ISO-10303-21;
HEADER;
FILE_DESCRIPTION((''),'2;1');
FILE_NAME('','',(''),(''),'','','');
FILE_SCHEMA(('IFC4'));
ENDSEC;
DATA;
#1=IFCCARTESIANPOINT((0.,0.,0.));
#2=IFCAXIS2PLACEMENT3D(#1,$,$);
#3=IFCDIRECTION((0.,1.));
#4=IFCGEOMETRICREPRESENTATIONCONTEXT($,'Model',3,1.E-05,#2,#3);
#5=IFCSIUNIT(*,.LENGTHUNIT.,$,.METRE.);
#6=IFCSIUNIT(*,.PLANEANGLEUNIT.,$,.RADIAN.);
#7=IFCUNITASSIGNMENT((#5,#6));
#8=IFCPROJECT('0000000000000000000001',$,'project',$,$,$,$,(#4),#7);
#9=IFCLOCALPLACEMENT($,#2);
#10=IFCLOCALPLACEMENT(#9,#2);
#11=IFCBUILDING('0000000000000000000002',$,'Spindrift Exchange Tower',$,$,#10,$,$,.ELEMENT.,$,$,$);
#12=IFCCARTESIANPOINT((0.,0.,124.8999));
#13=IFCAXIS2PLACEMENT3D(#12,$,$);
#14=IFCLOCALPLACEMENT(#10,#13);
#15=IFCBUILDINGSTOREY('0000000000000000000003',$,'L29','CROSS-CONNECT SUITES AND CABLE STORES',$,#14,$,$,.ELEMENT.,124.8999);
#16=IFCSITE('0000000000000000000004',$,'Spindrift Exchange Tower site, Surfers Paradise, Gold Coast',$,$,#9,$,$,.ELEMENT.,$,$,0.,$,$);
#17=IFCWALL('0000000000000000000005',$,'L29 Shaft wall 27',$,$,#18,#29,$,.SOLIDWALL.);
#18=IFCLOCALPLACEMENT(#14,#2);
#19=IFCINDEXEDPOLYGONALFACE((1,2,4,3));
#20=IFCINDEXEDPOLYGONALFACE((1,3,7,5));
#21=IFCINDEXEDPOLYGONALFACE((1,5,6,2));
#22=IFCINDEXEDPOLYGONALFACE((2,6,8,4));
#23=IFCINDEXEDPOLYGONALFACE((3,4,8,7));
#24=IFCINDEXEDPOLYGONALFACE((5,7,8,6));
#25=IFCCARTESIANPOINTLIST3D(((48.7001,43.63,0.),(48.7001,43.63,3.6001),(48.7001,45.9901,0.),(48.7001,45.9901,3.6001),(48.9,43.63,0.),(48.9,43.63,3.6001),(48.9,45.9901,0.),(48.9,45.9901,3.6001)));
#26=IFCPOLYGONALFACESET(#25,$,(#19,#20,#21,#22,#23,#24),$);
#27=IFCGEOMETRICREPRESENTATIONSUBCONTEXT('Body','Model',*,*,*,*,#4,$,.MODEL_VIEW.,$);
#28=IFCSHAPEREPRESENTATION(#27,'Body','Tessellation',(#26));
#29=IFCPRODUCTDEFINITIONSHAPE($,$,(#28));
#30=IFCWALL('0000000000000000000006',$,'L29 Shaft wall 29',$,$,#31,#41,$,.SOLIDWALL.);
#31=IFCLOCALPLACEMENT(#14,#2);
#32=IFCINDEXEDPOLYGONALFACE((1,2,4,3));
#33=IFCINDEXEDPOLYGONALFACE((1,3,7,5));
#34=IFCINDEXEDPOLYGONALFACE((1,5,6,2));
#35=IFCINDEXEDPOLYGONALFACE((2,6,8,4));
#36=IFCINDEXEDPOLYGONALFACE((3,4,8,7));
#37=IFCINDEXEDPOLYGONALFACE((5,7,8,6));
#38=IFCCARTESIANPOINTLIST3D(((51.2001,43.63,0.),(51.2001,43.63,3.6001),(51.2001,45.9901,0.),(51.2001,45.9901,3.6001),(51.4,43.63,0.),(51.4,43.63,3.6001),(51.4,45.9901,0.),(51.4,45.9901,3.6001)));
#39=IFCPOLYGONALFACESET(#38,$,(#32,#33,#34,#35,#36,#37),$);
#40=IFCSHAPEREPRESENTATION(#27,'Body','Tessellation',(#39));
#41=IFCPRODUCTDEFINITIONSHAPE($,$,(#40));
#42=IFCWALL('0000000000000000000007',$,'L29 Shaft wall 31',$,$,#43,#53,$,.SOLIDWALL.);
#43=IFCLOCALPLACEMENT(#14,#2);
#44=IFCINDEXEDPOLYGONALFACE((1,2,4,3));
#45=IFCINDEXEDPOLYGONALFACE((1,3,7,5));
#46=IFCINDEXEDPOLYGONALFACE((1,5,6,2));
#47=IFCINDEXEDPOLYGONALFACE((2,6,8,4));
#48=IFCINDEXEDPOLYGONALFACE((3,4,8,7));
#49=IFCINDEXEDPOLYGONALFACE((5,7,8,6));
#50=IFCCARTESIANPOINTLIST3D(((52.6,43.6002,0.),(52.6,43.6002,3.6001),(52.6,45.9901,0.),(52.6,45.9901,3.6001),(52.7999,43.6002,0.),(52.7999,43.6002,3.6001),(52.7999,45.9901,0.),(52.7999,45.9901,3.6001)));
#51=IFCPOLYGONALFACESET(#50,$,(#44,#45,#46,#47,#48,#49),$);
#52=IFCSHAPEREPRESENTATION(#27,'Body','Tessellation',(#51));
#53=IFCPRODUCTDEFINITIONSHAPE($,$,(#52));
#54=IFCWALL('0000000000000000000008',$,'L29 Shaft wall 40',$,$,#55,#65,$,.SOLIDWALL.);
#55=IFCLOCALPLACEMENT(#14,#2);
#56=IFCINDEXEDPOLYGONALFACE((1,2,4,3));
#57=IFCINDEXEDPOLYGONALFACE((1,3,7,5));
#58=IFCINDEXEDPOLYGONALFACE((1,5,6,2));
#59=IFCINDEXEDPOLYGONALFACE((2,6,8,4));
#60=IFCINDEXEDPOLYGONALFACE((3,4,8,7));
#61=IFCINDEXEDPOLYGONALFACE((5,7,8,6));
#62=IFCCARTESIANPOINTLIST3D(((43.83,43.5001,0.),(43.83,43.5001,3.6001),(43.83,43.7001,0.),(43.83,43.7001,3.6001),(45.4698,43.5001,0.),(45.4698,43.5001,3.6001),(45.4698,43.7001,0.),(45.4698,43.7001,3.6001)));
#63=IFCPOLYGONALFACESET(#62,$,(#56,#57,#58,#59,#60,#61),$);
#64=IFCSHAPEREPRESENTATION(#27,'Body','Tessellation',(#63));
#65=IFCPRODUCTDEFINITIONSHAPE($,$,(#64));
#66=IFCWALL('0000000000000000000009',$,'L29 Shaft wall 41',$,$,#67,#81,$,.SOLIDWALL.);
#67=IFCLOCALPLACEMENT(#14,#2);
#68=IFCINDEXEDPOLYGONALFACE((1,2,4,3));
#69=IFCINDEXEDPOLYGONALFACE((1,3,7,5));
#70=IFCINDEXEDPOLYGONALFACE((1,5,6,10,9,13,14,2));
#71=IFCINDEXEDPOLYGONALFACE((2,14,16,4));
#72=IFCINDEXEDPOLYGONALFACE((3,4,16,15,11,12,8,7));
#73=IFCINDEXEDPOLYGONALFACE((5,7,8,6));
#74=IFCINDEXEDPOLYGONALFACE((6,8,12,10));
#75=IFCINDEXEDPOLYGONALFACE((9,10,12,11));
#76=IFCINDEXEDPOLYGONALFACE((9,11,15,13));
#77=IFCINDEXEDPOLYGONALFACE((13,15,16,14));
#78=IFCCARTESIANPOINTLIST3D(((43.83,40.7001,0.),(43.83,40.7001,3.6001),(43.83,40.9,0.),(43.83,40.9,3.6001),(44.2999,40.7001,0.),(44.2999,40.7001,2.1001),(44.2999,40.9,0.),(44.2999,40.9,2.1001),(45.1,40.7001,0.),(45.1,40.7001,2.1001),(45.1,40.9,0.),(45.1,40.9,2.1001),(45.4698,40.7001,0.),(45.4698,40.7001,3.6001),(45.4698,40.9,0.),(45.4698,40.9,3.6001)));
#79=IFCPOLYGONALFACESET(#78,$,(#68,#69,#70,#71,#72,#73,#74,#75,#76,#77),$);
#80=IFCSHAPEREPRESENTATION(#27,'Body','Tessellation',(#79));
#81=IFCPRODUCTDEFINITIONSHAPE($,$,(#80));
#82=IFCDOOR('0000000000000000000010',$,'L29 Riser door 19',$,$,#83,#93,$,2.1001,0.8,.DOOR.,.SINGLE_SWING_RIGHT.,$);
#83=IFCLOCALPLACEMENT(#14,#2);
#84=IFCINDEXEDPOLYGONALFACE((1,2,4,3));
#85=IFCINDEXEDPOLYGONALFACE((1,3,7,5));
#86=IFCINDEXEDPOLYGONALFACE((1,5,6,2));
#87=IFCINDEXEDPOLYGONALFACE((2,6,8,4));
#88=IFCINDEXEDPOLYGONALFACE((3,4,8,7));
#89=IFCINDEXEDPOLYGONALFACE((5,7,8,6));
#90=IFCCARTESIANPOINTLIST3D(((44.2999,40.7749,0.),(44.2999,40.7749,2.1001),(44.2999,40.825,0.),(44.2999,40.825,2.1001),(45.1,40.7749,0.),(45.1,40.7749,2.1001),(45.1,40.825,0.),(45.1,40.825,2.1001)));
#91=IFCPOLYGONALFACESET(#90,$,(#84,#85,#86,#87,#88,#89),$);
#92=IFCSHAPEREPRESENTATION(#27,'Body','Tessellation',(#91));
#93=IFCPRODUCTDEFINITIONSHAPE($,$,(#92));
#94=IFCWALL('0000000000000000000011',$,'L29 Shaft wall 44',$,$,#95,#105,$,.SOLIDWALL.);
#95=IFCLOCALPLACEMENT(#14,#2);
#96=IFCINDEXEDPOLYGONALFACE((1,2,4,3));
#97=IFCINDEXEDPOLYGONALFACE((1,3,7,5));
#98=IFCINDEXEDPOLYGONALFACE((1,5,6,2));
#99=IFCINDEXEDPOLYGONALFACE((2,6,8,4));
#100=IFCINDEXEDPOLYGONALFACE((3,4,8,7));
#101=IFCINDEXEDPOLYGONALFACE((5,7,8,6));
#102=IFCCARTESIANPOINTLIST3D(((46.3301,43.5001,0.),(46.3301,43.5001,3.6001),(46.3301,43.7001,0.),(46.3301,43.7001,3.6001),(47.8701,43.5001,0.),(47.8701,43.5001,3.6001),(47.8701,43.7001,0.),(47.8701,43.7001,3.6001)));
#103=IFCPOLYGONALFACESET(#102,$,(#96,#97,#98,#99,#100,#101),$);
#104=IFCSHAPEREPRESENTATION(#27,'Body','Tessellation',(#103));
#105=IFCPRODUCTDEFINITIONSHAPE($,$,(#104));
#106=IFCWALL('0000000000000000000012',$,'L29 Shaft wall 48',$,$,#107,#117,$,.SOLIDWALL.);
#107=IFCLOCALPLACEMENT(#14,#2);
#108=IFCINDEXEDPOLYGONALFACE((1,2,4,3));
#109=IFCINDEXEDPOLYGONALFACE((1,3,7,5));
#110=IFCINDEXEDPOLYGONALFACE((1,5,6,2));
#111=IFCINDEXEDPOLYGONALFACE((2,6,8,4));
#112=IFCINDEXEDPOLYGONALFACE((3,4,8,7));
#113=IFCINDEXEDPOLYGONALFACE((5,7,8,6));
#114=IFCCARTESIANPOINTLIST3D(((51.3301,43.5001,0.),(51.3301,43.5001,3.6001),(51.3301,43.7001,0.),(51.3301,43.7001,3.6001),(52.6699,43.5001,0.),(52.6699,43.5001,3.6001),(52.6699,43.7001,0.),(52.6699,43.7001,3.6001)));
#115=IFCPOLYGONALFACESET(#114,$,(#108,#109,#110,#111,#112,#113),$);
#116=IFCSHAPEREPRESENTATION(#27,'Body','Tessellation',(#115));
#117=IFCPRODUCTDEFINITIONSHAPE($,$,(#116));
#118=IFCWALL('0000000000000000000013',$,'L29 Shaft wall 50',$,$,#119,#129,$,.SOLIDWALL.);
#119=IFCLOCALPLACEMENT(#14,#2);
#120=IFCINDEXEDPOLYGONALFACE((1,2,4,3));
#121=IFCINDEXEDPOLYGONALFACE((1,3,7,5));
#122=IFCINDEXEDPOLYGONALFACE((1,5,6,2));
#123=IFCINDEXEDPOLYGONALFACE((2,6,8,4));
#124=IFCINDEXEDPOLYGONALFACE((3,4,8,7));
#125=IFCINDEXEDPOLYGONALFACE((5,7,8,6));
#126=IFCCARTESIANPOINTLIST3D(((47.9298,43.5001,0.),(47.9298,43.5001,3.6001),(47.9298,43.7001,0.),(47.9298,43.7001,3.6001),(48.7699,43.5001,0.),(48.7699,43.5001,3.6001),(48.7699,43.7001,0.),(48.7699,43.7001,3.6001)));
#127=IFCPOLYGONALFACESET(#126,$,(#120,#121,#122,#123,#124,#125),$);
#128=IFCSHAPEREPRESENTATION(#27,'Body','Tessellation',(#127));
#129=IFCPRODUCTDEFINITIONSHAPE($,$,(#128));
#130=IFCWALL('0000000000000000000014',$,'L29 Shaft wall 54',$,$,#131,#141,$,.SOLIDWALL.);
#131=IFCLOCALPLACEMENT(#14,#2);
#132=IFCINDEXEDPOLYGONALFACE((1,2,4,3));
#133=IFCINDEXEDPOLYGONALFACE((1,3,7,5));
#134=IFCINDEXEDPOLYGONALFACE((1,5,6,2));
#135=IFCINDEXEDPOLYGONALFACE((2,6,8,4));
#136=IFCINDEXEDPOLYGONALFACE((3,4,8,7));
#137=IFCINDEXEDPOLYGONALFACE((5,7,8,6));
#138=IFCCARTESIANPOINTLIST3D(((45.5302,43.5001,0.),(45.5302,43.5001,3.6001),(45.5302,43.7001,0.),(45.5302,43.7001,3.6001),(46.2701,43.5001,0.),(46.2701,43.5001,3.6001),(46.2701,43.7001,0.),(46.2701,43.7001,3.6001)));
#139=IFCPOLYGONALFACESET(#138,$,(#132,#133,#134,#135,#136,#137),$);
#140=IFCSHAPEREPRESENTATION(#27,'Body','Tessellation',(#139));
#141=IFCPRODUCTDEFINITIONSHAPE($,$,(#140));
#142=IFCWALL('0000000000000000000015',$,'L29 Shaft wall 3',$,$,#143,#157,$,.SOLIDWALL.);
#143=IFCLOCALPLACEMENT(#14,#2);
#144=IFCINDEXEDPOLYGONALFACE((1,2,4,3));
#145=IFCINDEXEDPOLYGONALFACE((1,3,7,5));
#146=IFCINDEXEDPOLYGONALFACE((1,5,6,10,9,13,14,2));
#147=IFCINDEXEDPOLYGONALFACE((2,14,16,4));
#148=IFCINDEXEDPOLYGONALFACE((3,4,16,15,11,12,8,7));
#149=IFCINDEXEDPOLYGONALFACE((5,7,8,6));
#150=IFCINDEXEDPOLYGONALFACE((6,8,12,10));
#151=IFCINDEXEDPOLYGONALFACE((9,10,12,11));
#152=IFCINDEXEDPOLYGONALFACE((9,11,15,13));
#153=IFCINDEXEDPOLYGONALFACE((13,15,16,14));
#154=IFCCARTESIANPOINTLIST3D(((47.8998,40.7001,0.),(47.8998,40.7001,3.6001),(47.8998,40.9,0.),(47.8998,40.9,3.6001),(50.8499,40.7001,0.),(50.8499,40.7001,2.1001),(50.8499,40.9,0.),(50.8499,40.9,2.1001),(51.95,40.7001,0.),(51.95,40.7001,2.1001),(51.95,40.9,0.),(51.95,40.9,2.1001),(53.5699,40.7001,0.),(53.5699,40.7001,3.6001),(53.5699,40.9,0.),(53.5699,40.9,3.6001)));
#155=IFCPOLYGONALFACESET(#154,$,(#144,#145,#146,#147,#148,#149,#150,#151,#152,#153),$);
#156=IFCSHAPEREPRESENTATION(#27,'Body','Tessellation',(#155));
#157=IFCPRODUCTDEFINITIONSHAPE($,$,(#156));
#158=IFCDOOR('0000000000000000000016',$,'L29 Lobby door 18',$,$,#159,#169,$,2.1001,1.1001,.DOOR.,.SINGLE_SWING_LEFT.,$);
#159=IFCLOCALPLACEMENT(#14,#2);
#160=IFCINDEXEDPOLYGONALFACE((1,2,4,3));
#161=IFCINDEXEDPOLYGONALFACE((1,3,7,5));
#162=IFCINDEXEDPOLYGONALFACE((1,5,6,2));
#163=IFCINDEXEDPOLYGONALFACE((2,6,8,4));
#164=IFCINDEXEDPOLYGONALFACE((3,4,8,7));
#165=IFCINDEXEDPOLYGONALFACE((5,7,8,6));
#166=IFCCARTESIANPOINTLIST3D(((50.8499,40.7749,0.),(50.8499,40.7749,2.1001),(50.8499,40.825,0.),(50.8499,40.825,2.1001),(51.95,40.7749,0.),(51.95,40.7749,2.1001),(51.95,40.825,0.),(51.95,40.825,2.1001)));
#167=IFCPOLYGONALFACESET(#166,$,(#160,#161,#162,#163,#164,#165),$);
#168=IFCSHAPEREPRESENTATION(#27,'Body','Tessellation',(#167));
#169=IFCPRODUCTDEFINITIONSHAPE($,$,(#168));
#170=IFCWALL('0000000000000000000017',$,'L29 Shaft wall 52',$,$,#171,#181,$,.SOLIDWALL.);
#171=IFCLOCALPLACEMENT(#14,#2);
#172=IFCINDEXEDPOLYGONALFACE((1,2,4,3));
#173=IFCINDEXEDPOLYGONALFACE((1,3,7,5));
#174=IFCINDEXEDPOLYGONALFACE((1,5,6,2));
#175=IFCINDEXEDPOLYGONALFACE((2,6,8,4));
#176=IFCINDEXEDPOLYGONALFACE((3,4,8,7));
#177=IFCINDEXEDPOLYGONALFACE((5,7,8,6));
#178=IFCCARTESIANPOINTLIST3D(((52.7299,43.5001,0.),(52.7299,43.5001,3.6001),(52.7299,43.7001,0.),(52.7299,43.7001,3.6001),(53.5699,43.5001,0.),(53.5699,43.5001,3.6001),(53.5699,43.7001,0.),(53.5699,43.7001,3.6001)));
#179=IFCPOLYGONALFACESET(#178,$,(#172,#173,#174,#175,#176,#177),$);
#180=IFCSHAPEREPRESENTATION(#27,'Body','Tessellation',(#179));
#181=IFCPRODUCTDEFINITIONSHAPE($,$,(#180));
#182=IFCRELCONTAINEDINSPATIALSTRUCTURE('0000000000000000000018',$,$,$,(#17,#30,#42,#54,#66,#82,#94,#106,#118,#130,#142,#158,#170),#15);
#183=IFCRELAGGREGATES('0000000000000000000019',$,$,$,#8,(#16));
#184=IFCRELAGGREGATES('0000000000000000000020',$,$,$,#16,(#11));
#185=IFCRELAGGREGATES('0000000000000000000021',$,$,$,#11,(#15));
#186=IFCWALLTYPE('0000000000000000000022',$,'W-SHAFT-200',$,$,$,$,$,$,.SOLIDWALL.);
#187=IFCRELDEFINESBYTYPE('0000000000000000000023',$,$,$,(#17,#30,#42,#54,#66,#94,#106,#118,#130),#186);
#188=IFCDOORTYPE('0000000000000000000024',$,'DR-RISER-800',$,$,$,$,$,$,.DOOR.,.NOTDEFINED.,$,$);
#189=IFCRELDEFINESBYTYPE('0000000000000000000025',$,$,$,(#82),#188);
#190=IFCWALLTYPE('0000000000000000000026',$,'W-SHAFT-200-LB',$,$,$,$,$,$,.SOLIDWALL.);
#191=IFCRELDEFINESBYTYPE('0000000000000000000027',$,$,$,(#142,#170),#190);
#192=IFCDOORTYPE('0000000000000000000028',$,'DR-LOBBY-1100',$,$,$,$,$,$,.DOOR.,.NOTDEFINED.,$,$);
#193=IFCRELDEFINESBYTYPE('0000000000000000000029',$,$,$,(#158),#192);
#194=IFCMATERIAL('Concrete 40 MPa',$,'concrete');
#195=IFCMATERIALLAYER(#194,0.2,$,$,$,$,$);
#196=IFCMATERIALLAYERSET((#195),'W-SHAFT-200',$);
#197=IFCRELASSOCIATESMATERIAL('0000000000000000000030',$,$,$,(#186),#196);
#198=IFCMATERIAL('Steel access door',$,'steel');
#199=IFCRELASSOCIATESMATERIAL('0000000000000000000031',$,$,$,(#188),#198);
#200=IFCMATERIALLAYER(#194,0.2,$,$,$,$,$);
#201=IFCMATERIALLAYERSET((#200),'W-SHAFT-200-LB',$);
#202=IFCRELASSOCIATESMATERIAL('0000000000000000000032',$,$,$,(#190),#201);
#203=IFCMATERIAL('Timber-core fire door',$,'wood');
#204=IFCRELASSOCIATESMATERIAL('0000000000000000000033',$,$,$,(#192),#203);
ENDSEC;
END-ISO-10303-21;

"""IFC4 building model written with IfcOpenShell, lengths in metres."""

from ifc_helpers import new_model, si_unit, direction, frame, frame_2d, origin, place, context, subcontext, project, spatial, rectangle, extrude, source, transform, mapped, material, layer, layer_set, type_object, element, fill, save


model = new_model("IFC4")

# Units and contexts
model_context = context("Model", 3, precision=1e-05, world=origin(), true_north=direction((0.0, 1.0)))
body_context = subcontext(model_context, "Body", "Model", "MODEL_VIEW")
ifc_project = project(units=[si_unit("LENGTHUNIT", "METRE"), si_unit("PLANEANGLEUNIT", "RADIAN")], contexts=[model_context])

# Site, building, storey
site_placement = place(None, origin())
site = spatial("IfcSite", under=ifc_project, at=site_placement, Name="Spindrift Exchange Tower site, Surfers Paradise, Gold Coast", CompositionType="ELEMENT", RefElevation=0.0)
building_placement = place(site_placement, origin())
building = spatial("IfcBuilding", under=site, at=building_placement, Name="Spindrift Exchange Tower", CompositionType="ELEMENT")
storey_placement = place(building_placement, frame((0.0, 0.0, 124.8999)))
storey = spatial("IfcBuildingStorey", under=building, at=storey_placement, Name="L29", Description="CROSS-CONNECT SUITES AND CABLE STORES", CompositionType="ELEMENT", Elevation=124.8999)

# Shared definitions
ifc_material_1 = material(Name="Steel access door", Category="steel")

# Shared definitions
ifc_material_2 = material(Name="Concrete 40 MPa", Category="concrete")
ifc_layer_1 = layer(ifc_material_2, 0.2)
ifc_layer_set_1 = layer_set([ifc_layer_1], Name="W-SHAFT-200")
wall_type_1 = type_object("IfcWallType", Name="W-SHAFT-200", PredefinedType="SOLIDWALL", material=ifc_layer_set_1)

# Walls
for number, where, z_axis, x_axis, name in (
    (1, (48.8, 43.6299, 0.0), (0.0, 0.0, 1.0), (0.0, 1.0, 0.0), "L29 Shaft wall 27"),
    (2, (51.3, 43.6299, 0.0), (0.0, 0.0, 1.0), (0.0, 1.0, 0.0), "L29 Shaft wall 29"),
):
    element("IfcWall", number, at=place(storey_placement, frame(where, z_axis=z_axis, x_axis=x_axis)), inside=storey, type_object=wall_type_1, Name=name, PredefinedType="SOLIDWALL", context=body_context, shape_type="SweptSolid", body=[
        extrude(rectangle(XDim=2.3601, YDim=0.2, at=frame_2d((1.1802, 0.0))), origin(), (0.0, 0.0, 1.0), 3.6001),
    ])
wall_1_placement = place(storey_placement, frame((52.7, 45.99, 0.0), z_axis=(0.0, 0.0, 1.0), x_axis=(0.0, -1.0, 0.0)))
element("IfcWall", 3, at=wall_1_placement, inside=storey, type_object=wall_type_1, Name="L29 Shaft wall 31", PredefinedType="SOLIDWALL", context=body_context, shape_type="SweptSolid", body=[
    extrude(rectangle(XDim=2.3899, YDim=0.2, at=frame_2d((1.1948, 0.0))), origin(), (0.0, 0.0, 1.0), 3.6001),
])
wall_2_placement = place(storey_placement, frame((43.8301, 43.6001, 0.0), z_axis=(0.0, 0.0, 1.0), x_axis=(1.0, 0.0, 0.0)))
element("IfcWall", 4, at=wall_2_placement, inside=storey, type_object=wall_type_1, Name="L29 Shaft wall 40", PredefinedType="SOLIDWALL", context=body_context, shape_type="SweptSolid", body=[
    extrude(rectangle(XDim=1.6399, YDim=0.2, at=frame_2d((0.8198, 0.0))), origin(), (0.0, 0.0, 1.0), 3.6001),
])

# Wall, opening, door
wall_3_placement = place(storey_placement, frame((43.8301, 40.8, 0.0), z_axis=(0.0, 0.0, 1.0), x_axis=(1.0, 0.0, 0.0)))
wall_3 = element("IfcWall", 5, at=wall_3_placement, inside=storey, type_object=wall_type_1, Name="L29 Shaft wall 41", PredefinedType="SOLIDWALL", context=body_context, shape_type="SweptSolid", body=[
    extrude(rectangle(XDim=1.6399, YDim=0.2, at=frame_2d((0.8198, 0.0))), origin(), (0.0, 0.0, 1.0), 3.6001),
])
opening_1_placement = place(wall_3_placement, frame((0.47, 0.0, 0.0)))
opening_1 = element("IfcOpeningElement", 6, at=opening_1_placement, cuts=wall_3, PredefinedType="OPENING", context=body_context, shape_type="SweptSolid", body=[
    extrude(rectangle(XDim=0.8, YDim=2.1001, at=frame_2d((0.3999, 1.05))), frame((0.0, 0.1099, 0.0), z_axis=(0.0, -1.0, 0.0), x_axis=(1.0, 0.0, 0.0)), (0.0, 0.0, 1.0), 0.22),
])
door_type_1 = type_object("IfcDoorType", Name="DR-RISER-800", OperationType="NOTDEFINED", PredefinedType="DOOR", material=ifc_material_1)
shared_shape_1 = source(origin(), body_context, "Body", "SweptSolid", [
    extrude(rectangle(XDim=0.8, YDim=2.1001, at=frame_2d((0.3999, 1.05))), frame((0.0, 0.0249, 0.0), z_axis=(0.0, -1.0, 0.0), x_axis=(1.0, 0.0, 0.0)), (0.0, 0.0, 1.0), 0.05),
])
door_1_placement = place(opening_1_placement, origin())
door_1 = element("IfcDoor", 7, at=door_1_placement, inside=storey, type_object=door_type_1, Name="L29 Riser door 19", OperationType="SINGLE_SWING_RIGHT", OverallHeight=2.1001, OverallWidth=0.8, PredefinedType="DOOR", context=body_context, shape_type="MappedRepresentation", body=[
    mapped(shared_shape_1, transform((0.0, 0.0, 0.0), scale=1.0)),
])
fill(opening_1, door_1)

# Walls
wall_4_placement = place(storey_placement, frame((46.3301, 43.6001, 0.0), z_axis=(0.0, 0.0, 1.0), x_axis=(1.0, 0.0, 0.0)))
element("IfcWall", 8, at=wall_4_placement, inside=storey, type_object=wall_type_1, Name="L29 Shaft wall 44", PredefinedType="SOLIDWALL", context=body_context, shape_type="SweptSolid", body=[
    extrude(rectangle(XDim=1.54, YDim=0.2, at=frame_2d((0.77, 0.0))), origin(), (0.0, 0.0, 1.0), 3.6001),
])
wall_5_placement = place(storey_placement, frame((52.6699, 43.6001, 0.0), z_axis=(0.0, 0.0, 1.0), x_axis=(-1.0, 0.0, 0.0)))
element("IfcWall", 9, at=wall_5_placement, inside=storey, type_object=wall_type_1, Name="L29 Shaft wall 48", PredefinedType="SOLIDWALL", context=body_context, shape_type="SweptSolid", body=[
    extrude(rectangle(XDim=1.3398, YDim=0.2, at=frame_2d((0.6699, 0.0))), origin(), (0.0, 0.0, 1.0), 3.6001),
])
wall_6_placement = place(storey_placement, frame((47.9299, 43.6001, 0.0), z_axis=(0.0, 0.0, 1.0), x_axis=(1.0, 0.0, 0.0)))
element("IfcWall", 10, at=wall_6_placement, inside=storey, type_object=wall_type_1, Name="L29 Shaft wall 50", PredefinedType="SOLIDWALL", context=body_context, shape_type="SweptSolid", body=[
    extrude(rectangle(XDim=0.8401, YDim=0.2, at=frame_2d((0.4199, 0.0))), origin(), (0.0, 0.0, 1.0), 3.6001),
])
wall_7_placement = place(storey_placement, frame((45.53, 43.6001, 0.0), z_axis=(0.0, 0.0, 1.0), x_axis=(1.0, 0.0, 0.0)))
element("IfcWall", 11, at=wall_7_placement, inside=storey, type_object=wall_type_1, Name="L29 Shaft wall 54", PredefinedType="SOLIDWALL", context=body_context, shape_type="SweptSolid", body=[
    extrude(rectangle(XDim=0.74, YDim=0.2, at=frame_2d((0.3701, 0.0))), origin(), (0.0, 0.0, 1.0), 3.6001),
])

# Wall, opening, door
ifc_layer_2 = layer(ifc_material_2, 0.2)
ifc_layer_set_2 = layer_set([ifc_layer_2], Name="W-SHAFT-200-LB")
wall_type_2 = type_object("IfcWallType", Name="W-SHAFT-200-LB", PredefinedType="SOLIDWALL", material=ifc_layer_set_2)
wall_8_placement = place(storey_placement, frame((47.8999, 40.8, 0.0), z_axis=(0.0, 0.0, 1.0), x_axis=(1.0, 0.0, 0.0)))
wall_8 = element("IfcWall", 12, at=wall_8_placement, inside=storey, type_object=wall_type_2, Name="L29 Shaft wall 3", PredefinedType="SOLIDWALL", context=body_context, shape_type="SweptSolid", body=[
    extrude(rectangle(XDim=5.6702, YDim=0.2, at=frame_2d((2.835, 0.0))), origin(), (0.0, 0.0, 1.0), 3.6001),
])
opening_2_placement = place(wall_8_placement, frame((2.95, 0.0, 0.0)))
opening_2 = element("IfcOpeningElement", 13, at=opening_2_placement, cuts=wall_8, PredefinedType="OPENING", context=body_context, shape_type="SweptSolid", body=[
    extrude(rectangle(XDim=1.1001, YDim=2.1001, at=frame_2d((0.55, 1.05))), frame((0.0, 0.1099, 0.0), z_axis=(0.0, -1.0, 0.0), x_axis=(1.0, 0.0, 0.0)), (0.0, 0.0, 1.0), 0.22),
])
ifc_material_3 = material(Name="Timber-core fire door", Category="wood")
door_type_2 = type_object("IfcDoorType", Name="DR-LOBBY-1100", OperationType="NOTDEFINED", PredefinedType="DOOR", material=ifc_material_3)
shared_shape_2 = source(origin(), body_context, "Body", "SweptSolid", [
    extrude(rectangle(XDim=1.1001, YDim=2.1001, at=frame_2d((0.55, 1.05))), frame((0.0, 0.0249, 0.0), z_axis=(0.0, -1.0, 0.0), x_axis=(1.0, 0.0, 0.0)), (0.0, 0.0, 1.0), 0.05),
])
door_2_placement = place(opening_2_placement, origin())
door_2 = element("IfcDoor", 14, at=door_2_placement, inside=storey, type_object=door_type_2, Name="L29 Lobby door 18", OperationType="SINGLE_SWING_LEFT", OverallHeight=2.1001, OverallWidth=1.1001, PredefinedType="DOOR", context=body_context, shape_type="MappedRepresentation", body=[
    mapped(shared_shape_2, transform((0.0, 0.0, 0.0), scale=1.0)),
])
fill(opening_2, door_2)

# Wall
wall_9_placement = place(storey_placement, frame((52.73, 43.6001, 0.0), z_axis=(0.0, 0.0, 1.0), x_axis=(1.0, 0.0, 0.0)))
element("IfcWall", 15, at=wall_9_placement, inside=storey, type_object=wall_type_2, Name="L29 Shaft wall 52", PredefinedType="SOLIDWALL", context=body_context, shape_type="SweptSolid", body=[
    extrude(rectangle(XDim=0.8401, YDim=0.2, at=frame_2d((0.4199, 0.0))), origin(), (0.0, 0.0, 1.0), 3.6001),
])

save(model, "model.ifc")
